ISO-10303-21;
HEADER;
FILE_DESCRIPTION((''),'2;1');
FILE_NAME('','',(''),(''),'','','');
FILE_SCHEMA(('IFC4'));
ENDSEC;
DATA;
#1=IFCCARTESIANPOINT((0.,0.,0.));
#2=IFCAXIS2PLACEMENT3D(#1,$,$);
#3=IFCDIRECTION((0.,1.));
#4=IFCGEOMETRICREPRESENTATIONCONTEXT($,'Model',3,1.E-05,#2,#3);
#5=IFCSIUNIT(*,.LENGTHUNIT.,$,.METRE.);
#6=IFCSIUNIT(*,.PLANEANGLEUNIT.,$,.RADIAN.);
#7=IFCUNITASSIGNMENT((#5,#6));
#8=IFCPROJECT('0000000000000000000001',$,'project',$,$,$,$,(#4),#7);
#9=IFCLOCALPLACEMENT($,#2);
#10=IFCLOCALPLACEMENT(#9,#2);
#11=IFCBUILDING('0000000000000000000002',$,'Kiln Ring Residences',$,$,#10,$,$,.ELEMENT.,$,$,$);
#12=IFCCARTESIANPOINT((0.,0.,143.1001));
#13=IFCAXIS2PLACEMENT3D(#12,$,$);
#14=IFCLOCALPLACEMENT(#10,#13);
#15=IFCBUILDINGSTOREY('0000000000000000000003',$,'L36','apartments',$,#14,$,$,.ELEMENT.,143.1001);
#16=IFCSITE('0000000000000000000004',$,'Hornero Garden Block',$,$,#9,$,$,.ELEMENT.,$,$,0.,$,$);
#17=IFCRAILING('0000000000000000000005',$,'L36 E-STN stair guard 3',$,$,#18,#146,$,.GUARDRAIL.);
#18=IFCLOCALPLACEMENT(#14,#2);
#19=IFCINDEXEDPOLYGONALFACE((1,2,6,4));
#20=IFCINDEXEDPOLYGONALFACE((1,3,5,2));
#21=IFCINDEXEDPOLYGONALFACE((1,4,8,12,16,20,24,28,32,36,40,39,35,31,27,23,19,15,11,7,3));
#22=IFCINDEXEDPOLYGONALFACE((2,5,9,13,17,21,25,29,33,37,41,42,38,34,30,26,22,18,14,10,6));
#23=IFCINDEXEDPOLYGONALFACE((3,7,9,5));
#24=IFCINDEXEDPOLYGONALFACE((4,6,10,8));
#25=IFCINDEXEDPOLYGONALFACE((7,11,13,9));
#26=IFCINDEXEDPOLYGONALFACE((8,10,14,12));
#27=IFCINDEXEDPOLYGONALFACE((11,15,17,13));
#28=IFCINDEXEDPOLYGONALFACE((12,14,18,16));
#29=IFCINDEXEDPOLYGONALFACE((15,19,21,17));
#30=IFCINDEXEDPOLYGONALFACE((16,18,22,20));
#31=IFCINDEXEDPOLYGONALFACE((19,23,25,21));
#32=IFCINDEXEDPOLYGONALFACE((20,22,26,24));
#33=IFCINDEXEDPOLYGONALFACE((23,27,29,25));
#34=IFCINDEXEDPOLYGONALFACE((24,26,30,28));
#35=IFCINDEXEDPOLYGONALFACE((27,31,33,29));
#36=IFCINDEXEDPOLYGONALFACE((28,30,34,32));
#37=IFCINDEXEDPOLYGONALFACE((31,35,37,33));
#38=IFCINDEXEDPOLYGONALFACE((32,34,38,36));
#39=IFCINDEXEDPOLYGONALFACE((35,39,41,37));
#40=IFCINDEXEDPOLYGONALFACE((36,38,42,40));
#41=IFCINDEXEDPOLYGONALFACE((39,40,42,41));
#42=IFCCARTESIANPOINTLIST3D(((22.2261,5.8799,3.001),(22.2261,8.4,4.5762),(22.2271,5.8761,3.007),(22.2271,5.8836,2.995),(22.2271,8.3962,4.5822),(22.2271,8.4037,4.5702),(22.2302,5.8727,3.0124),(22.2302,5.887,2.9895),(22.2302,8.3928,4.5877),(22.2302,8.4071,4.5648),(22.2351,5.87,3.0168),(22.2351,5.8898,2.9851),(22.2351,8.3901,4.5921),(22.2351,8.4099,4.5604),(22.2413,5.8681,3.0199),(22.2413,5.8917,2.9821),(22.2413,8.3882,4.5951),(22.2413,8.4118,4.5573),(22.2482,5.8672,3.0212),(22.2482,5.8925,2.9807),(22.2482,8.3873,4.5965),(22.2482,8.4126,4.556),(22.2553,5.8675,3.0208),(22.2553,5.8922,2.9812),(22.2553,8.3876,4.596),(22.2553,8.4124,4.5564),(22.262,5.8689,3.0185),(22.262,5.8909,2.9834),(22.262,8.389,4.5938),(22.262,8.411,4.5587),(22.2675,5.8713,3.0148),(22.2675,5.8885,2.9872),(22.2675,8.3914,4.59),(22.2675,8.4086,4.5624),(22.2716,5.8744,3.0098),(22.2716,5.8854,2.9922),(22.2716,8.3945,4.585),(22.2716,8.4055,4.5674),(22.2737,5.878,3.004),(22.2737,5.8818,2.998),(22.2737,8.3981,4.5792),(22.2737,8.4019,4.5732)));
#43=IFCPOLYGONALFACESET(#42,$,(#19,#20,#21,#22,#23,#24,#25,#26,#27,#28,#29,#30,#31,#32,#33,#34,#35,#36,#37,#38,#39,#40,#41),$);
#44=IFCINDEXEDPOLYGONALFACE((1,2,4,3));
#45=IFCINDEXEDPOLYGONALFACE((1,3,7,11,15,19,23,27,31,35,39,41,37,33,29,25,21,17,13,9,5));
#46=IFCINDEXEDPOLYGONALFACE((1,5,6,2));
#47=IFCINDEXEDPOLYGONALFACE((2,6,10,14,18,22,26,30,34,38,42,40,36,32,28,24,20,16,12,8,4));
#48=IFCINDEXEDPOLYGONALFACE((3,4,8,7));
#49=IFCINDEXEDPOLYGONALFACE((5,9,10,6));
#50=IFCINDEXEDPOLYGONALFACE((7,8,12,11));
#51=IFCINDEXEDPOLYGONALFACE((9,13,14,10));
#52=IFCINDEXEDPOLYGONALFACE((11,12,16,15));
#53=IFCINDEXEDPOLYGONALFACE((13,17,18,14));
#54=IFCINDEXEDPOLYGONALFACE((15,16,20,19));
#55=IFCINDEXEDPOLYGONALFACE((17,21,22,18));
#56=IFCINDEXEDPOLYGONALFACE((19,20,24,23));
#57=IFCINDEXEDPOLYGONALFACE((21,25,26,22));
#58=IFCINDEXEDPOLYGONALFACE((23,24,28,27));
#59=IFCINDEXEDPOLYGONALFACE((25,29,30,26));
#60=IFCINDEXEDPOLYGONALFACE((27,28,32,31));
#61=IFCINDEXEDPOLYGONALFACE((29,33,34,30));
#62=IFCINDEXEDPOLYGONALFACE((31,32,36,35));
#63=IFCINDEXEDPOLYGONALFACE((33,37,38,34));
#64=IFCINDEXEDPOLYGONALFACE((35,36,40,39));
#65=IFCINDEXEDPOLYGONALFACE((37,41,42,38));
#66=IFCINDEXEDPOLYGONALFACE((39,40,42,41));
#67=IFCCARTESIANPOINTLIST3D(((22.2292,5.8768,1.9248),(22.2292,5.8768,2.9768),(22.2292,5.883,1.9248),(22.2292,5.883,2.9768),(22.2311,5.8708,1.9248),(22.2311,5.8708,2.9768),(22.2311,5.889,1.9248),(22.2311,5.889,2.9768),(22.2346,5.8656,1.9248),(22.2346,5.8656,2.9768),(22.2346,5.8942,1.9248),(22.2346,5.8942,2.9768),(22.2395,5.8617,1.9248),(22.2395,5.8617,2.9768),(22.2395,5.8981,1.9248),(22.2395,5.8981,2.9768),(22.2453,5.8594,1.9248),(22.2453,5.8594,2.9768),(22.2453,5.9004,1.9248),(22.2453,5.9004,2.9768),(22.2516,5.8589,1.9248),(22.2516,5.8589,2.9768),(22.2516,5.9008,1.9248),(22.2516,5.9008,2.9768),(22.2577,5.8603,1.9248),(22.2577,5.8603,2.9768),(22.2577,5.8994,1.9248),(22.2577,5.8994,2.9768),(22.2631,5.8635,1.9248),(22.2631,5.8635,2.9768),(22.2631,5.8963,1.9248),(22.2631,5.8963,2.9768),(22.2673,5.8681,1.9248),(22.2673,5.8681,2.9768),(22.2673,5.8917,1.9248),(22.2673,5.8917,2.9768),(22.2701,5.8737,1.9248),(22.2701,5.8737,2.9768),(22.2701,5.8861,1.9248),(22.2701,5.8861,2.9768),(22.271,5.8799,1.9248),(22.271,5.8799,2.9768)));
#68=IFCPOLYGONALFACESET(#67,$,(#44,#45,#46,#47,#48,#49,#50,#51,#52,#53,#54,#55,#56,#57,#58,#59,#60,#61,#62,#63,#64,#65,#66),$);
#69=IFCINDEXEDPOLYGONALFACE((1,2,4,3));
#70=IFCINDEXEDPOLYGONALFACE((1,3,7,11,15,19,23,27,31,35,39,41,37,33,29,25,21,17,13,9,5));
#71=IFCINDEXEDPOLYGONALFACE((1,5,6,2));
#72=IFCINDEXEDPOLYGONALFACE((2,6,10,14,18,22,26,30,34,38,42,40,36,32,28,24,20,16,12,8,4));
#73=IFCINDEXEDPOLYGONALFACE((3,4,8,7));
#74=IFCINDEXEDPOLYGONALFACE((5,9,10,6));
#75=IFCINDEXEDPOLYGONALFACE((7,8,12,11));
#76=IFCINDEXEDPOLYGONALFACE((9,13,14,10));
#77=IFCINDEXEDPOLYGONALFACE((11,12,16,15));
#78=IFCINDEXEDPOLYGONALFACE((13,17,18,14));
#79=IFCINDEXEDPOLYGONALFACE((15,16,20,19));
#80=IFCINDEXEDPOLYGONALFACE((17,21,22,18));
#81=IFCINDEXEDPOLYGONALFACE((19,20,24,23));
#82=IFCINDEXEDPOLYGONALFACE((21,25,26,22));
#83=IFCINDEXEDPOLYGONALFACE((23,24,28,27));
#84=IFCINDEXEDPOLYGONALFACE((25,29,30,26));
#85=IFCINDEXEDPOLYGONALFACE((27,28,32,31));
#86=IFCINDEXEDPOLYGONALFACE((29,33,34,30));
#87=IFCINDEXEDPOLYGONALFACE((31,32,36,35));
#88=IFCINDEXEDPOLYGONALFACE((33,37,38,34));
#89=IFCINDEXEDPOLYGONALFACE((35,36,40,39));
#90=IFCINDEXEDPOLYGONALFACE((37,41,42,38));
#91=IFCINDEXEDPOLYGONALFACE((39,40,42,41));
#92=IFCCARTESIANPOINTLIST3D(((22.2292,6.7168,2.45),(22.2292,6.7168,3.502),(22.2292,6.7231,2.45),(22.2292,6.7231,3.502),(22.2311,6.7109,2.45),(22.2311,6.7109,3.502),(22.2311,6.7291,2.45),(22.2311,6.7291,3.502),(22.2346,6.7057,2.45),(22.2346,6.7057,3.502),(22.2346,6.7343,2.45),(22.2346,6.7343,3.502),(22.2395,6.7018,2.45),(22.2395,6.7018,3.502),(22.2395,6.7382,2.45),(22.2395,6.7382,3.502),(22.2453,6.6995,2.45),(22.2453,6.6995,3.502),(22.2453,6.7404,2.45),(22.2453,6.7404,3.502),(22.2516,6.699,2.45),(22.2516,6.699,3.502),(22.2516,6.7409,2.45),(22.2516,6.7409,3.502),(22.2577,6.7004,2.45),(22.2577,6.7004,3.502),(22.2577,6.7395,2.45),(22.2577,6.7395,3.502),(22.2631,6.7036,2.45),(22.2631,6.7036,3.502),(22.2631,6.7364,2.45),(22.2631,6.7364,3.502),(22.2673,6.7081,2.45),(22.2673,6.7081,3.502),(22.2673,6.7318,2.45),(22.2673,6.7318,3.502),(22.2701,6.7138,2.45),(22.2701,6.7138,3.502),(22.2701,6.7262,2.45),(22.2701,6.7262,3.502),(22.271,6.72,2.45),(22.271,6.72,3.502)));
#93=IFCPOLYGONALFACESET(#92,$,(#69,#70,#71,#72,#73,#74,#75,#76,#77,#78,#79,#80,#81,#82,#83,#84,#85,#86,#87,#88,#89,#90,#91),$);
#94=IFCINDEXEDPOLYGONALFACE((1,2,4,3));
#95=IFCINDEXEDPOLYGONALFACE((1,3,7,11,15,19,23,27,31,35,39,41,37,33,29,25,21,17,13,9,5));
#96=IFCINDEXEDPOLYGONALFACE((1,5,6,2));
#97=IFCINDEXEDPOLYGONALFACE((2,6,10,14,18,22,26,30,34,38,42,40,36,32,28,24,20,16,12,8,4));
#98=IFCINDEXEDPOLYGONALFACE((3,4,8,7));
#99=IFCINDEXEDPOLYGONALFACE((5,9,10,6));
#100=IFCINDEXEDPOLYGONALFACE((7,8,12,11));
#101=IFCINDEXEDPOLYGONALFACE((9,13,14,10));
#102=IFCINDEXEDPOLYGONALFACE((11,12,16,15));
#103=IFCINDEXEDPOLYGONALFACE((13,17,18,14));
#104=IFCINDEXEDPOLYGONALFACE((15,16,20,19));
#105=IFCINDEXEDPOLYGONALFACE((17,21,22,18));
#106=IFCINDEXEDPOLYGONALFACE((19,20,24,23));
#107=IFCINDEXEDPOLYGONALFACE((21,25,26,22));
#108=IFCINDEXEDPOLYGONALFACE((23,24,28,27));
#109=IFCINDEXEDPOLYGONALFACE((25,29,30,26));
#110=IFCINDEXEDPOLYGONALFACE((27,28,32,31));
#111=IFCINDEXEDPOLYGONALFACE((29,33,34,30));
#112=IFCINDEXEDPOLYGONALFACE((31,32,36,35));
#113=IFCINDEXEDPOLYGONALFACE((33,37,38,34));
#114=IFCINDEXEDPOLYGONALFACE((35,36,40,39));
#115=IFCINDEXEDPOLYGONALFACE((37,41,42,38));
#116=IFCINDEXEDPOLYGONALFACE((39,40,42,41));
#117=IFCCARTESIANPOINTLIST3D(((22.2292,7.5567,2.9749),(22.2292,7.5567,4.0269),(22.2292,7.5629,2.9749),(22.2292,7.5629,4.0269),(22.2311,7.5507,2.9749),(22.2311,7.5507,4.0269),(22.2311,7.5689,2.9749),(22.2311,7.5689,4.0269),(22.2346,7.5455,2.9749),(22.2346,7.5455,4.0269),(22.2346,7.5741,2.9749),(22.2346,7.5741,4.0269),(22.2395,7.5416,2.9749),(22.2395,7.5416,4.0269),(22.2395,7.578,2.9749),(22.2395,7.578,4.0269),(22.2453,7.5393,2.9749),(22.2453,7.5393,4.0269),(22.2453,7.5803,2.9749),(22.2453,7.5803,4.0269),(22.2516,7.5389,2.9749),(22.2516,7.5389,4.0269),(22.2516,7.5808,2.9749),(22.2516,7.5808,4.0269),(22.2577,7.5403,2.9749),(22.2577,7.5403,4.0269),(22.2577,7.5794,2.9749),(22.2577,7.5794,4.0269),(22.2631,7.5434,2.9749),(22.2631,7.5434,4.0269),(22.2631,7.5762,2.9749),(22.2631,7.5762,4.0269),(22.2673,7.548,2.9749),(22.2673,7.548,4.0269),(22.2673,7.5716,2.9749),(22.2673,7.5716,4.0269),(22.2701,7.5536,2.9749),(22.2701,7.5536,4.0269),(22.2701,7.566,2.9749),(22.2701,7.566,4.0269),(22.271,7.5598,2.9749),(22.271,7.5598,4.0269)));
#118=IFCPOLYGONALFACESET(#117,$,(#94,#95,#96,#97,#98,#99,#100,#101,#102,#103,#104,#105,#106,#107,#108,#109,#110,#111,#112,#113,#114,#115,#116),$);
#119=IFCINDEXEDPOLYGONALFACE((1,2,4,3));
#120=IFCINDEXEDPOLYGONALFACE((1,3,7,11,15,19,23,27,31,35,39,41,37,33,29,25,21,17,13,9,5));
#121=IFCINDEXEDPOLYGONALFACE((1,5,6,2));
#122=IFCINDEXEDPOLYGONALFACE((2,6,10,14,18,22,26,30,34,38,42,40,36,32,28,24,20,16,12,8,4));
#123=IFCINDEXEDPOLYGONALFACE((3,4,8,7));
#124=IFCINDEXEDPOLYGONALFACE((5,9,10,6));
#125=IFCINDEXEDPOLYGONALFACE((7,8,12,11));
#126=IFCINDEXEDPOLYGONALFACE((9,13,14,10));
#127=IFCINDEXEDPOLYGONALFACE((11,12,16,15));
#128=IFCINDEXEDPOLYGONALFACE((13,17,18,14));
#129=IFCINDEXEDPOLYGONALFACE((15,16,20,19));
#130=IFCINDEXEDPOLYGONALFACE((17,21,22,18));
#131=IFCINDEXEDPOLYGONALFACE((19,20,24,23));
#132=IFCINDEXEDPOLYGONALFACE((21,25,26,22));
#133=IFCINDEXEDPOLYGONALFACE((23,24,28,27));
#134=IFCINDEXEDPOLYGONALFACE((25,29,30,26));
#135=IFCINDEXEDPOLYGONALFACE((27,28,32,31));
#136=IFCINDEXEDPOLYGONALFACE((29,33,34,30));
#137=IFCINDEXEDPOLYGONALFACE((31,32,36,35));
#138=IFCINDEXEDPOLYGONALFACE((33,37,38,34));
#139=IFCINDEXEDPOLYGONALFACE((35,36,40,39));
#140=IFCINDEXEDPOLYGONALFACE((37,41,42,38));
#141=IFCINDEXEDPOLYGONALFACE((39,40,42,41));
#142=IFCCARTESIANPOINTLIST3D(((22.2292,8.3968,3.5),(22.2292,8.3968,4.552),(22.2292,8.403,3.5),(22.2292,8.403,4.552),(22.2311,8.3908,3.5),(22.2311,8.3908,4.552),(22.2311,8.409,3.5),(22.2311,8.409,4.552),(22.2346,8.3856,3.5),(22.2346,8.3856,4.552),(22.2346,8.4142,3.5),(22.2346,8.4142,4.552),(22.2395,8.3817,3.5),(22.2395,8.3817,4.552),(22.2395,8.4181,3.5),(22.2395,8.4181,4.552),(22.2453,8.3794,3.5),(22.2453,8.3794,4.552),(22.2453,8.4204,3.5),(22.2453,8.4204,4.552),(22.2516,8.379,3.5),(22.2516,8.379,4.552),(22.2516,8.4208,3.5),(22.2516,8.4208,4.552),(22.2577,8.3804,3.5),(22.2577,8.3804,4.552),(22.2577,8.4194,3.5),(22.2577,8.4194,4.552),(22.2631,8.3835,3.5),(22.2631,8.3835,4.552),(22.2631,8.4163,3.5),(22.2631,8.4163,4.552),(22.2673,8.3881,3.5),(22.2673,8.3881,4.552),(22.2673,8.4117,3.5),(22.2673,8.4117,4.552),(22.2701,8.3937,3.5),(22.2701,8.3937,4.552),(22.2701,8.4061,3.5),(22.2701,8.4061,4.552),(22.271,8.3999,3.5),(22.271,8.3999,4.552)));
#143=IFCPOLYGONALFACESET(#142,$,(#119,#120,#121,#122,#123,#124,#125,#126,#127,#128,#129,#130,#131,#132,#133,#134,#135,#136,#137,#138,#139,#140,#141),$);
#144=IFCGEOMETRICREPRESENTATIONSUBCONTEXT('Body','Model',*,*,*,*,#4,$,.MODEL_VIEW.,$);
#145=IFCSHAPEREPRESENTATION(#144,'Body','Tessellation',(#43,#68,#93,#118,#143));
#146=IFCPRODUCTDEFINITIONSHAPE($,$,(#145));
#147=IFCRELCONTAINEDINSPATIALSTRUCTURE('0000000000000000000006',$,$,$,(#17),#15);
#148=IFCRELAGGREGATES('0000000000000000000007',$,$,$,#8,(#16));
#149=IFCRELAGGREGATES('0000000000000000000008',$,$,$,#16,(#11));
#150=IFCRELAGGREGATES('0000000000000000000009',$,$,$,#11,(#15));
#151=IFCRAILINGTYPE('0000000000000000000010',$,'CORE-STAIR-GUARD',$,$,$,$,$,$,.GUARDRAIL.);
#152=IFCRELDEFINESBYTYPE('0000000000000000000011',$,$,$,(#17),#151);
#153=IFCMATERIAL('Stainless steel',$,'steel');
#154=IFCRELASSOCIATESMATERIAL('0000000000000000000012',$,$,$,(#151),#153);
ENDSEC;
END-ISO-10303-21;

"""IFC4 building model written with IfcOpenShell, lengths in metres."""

from ifc_helpers import new_model, si_unit, direction, frame, origin, origin_2d, place, context, subcontext, project, spatial, circle, extrude, material, type_object, element, save


model = new_model("IFC4")

# Units and contexts
model_context = context("Model", 3, precision=1e-05, world=origin(), true_north=direction((0.0, 1.0)))
body_context = subcontext(model_context, "Body", "Model", "MODEL_VIEW")
ifc_project = project(units=[si_unit("LENGTHUNIT", "METRE"), si_unit("PLANEANGLEUNIT", "RADIAN")], contexts=[model_context])

# Site, building, storey
site_placement = place(None, origin())
site = spatial("IfcSite", under=ifc_project, at=site_placement, Name="Hornero Garden Block", CompositionType="ELEMENT", RefElevation=0.0)
building_placement = place(site_placement, origin())
building = spatial("IfcBuilding", under=site, at=building_placement, Name="Kiln Ring Residences", CompositionType="ELEMENT")
storey_placement = place(building_placement, frame((0.0, 0.0, 143.1001)))
storey = spatial("IfcBuildingStorey", under=building, at=storey_placement, Name="L36", Description="apartments", CompositionType="ELEMENT", Elevation=143.1001)

# Railing
ifc_material_1 = material(Name="Stainless steel", Category="steel")
railing_type_1 = type_object("IfcRailingType", Name="CORE-STAIR-GUARD", PredefinedType="GUARDRAIL", material=ifc_material_1)
railing_1_placement = place(storey_placement, frame((22.25, 5.8799, 1.9248)))
element("IfcRailing", 1, at=railing_1_placement, inside=storey, type_object=railing_type_1, Name="L36 E-STN stair guard 3", PredefinedType="GUARDRAIL", context=body_context, shape_type="SweptSolid", body=[
    extrude(circle(Radius=0.0239, at=origin_2d()), frame((0.0, 0.0, 1.0762), z_axis=(0.0, 0.847971, 0.530043), x_axis=(-1.0, 0.0, 0.0)), (0.0, 0.0, 1.0), 2.9719),
    extrude(circle(Radius=0.021, at=origin_2d()), origin(), (0.0, 0.0, 1.0), 1.052),
    extrude(circle(Radius=0.021, at=origin_2d()), frame((0.0, 0.8401, 0.5251)), (0.0, 0.0, 1.0), 1.052),
    extrude(circle(Radius=0.021, at=origin_2d()), frame((0.0, 1.6799, 1.05)), (0.0, 0.0, 1.0), 1.052),
    extrude(circle(Radius=0.021, at=origin_2d()), frame((0.0, 2.52, 1.5752)), (0.0, 0.0, 1.0), 1.052),
])

save(model, "model.ifc")
